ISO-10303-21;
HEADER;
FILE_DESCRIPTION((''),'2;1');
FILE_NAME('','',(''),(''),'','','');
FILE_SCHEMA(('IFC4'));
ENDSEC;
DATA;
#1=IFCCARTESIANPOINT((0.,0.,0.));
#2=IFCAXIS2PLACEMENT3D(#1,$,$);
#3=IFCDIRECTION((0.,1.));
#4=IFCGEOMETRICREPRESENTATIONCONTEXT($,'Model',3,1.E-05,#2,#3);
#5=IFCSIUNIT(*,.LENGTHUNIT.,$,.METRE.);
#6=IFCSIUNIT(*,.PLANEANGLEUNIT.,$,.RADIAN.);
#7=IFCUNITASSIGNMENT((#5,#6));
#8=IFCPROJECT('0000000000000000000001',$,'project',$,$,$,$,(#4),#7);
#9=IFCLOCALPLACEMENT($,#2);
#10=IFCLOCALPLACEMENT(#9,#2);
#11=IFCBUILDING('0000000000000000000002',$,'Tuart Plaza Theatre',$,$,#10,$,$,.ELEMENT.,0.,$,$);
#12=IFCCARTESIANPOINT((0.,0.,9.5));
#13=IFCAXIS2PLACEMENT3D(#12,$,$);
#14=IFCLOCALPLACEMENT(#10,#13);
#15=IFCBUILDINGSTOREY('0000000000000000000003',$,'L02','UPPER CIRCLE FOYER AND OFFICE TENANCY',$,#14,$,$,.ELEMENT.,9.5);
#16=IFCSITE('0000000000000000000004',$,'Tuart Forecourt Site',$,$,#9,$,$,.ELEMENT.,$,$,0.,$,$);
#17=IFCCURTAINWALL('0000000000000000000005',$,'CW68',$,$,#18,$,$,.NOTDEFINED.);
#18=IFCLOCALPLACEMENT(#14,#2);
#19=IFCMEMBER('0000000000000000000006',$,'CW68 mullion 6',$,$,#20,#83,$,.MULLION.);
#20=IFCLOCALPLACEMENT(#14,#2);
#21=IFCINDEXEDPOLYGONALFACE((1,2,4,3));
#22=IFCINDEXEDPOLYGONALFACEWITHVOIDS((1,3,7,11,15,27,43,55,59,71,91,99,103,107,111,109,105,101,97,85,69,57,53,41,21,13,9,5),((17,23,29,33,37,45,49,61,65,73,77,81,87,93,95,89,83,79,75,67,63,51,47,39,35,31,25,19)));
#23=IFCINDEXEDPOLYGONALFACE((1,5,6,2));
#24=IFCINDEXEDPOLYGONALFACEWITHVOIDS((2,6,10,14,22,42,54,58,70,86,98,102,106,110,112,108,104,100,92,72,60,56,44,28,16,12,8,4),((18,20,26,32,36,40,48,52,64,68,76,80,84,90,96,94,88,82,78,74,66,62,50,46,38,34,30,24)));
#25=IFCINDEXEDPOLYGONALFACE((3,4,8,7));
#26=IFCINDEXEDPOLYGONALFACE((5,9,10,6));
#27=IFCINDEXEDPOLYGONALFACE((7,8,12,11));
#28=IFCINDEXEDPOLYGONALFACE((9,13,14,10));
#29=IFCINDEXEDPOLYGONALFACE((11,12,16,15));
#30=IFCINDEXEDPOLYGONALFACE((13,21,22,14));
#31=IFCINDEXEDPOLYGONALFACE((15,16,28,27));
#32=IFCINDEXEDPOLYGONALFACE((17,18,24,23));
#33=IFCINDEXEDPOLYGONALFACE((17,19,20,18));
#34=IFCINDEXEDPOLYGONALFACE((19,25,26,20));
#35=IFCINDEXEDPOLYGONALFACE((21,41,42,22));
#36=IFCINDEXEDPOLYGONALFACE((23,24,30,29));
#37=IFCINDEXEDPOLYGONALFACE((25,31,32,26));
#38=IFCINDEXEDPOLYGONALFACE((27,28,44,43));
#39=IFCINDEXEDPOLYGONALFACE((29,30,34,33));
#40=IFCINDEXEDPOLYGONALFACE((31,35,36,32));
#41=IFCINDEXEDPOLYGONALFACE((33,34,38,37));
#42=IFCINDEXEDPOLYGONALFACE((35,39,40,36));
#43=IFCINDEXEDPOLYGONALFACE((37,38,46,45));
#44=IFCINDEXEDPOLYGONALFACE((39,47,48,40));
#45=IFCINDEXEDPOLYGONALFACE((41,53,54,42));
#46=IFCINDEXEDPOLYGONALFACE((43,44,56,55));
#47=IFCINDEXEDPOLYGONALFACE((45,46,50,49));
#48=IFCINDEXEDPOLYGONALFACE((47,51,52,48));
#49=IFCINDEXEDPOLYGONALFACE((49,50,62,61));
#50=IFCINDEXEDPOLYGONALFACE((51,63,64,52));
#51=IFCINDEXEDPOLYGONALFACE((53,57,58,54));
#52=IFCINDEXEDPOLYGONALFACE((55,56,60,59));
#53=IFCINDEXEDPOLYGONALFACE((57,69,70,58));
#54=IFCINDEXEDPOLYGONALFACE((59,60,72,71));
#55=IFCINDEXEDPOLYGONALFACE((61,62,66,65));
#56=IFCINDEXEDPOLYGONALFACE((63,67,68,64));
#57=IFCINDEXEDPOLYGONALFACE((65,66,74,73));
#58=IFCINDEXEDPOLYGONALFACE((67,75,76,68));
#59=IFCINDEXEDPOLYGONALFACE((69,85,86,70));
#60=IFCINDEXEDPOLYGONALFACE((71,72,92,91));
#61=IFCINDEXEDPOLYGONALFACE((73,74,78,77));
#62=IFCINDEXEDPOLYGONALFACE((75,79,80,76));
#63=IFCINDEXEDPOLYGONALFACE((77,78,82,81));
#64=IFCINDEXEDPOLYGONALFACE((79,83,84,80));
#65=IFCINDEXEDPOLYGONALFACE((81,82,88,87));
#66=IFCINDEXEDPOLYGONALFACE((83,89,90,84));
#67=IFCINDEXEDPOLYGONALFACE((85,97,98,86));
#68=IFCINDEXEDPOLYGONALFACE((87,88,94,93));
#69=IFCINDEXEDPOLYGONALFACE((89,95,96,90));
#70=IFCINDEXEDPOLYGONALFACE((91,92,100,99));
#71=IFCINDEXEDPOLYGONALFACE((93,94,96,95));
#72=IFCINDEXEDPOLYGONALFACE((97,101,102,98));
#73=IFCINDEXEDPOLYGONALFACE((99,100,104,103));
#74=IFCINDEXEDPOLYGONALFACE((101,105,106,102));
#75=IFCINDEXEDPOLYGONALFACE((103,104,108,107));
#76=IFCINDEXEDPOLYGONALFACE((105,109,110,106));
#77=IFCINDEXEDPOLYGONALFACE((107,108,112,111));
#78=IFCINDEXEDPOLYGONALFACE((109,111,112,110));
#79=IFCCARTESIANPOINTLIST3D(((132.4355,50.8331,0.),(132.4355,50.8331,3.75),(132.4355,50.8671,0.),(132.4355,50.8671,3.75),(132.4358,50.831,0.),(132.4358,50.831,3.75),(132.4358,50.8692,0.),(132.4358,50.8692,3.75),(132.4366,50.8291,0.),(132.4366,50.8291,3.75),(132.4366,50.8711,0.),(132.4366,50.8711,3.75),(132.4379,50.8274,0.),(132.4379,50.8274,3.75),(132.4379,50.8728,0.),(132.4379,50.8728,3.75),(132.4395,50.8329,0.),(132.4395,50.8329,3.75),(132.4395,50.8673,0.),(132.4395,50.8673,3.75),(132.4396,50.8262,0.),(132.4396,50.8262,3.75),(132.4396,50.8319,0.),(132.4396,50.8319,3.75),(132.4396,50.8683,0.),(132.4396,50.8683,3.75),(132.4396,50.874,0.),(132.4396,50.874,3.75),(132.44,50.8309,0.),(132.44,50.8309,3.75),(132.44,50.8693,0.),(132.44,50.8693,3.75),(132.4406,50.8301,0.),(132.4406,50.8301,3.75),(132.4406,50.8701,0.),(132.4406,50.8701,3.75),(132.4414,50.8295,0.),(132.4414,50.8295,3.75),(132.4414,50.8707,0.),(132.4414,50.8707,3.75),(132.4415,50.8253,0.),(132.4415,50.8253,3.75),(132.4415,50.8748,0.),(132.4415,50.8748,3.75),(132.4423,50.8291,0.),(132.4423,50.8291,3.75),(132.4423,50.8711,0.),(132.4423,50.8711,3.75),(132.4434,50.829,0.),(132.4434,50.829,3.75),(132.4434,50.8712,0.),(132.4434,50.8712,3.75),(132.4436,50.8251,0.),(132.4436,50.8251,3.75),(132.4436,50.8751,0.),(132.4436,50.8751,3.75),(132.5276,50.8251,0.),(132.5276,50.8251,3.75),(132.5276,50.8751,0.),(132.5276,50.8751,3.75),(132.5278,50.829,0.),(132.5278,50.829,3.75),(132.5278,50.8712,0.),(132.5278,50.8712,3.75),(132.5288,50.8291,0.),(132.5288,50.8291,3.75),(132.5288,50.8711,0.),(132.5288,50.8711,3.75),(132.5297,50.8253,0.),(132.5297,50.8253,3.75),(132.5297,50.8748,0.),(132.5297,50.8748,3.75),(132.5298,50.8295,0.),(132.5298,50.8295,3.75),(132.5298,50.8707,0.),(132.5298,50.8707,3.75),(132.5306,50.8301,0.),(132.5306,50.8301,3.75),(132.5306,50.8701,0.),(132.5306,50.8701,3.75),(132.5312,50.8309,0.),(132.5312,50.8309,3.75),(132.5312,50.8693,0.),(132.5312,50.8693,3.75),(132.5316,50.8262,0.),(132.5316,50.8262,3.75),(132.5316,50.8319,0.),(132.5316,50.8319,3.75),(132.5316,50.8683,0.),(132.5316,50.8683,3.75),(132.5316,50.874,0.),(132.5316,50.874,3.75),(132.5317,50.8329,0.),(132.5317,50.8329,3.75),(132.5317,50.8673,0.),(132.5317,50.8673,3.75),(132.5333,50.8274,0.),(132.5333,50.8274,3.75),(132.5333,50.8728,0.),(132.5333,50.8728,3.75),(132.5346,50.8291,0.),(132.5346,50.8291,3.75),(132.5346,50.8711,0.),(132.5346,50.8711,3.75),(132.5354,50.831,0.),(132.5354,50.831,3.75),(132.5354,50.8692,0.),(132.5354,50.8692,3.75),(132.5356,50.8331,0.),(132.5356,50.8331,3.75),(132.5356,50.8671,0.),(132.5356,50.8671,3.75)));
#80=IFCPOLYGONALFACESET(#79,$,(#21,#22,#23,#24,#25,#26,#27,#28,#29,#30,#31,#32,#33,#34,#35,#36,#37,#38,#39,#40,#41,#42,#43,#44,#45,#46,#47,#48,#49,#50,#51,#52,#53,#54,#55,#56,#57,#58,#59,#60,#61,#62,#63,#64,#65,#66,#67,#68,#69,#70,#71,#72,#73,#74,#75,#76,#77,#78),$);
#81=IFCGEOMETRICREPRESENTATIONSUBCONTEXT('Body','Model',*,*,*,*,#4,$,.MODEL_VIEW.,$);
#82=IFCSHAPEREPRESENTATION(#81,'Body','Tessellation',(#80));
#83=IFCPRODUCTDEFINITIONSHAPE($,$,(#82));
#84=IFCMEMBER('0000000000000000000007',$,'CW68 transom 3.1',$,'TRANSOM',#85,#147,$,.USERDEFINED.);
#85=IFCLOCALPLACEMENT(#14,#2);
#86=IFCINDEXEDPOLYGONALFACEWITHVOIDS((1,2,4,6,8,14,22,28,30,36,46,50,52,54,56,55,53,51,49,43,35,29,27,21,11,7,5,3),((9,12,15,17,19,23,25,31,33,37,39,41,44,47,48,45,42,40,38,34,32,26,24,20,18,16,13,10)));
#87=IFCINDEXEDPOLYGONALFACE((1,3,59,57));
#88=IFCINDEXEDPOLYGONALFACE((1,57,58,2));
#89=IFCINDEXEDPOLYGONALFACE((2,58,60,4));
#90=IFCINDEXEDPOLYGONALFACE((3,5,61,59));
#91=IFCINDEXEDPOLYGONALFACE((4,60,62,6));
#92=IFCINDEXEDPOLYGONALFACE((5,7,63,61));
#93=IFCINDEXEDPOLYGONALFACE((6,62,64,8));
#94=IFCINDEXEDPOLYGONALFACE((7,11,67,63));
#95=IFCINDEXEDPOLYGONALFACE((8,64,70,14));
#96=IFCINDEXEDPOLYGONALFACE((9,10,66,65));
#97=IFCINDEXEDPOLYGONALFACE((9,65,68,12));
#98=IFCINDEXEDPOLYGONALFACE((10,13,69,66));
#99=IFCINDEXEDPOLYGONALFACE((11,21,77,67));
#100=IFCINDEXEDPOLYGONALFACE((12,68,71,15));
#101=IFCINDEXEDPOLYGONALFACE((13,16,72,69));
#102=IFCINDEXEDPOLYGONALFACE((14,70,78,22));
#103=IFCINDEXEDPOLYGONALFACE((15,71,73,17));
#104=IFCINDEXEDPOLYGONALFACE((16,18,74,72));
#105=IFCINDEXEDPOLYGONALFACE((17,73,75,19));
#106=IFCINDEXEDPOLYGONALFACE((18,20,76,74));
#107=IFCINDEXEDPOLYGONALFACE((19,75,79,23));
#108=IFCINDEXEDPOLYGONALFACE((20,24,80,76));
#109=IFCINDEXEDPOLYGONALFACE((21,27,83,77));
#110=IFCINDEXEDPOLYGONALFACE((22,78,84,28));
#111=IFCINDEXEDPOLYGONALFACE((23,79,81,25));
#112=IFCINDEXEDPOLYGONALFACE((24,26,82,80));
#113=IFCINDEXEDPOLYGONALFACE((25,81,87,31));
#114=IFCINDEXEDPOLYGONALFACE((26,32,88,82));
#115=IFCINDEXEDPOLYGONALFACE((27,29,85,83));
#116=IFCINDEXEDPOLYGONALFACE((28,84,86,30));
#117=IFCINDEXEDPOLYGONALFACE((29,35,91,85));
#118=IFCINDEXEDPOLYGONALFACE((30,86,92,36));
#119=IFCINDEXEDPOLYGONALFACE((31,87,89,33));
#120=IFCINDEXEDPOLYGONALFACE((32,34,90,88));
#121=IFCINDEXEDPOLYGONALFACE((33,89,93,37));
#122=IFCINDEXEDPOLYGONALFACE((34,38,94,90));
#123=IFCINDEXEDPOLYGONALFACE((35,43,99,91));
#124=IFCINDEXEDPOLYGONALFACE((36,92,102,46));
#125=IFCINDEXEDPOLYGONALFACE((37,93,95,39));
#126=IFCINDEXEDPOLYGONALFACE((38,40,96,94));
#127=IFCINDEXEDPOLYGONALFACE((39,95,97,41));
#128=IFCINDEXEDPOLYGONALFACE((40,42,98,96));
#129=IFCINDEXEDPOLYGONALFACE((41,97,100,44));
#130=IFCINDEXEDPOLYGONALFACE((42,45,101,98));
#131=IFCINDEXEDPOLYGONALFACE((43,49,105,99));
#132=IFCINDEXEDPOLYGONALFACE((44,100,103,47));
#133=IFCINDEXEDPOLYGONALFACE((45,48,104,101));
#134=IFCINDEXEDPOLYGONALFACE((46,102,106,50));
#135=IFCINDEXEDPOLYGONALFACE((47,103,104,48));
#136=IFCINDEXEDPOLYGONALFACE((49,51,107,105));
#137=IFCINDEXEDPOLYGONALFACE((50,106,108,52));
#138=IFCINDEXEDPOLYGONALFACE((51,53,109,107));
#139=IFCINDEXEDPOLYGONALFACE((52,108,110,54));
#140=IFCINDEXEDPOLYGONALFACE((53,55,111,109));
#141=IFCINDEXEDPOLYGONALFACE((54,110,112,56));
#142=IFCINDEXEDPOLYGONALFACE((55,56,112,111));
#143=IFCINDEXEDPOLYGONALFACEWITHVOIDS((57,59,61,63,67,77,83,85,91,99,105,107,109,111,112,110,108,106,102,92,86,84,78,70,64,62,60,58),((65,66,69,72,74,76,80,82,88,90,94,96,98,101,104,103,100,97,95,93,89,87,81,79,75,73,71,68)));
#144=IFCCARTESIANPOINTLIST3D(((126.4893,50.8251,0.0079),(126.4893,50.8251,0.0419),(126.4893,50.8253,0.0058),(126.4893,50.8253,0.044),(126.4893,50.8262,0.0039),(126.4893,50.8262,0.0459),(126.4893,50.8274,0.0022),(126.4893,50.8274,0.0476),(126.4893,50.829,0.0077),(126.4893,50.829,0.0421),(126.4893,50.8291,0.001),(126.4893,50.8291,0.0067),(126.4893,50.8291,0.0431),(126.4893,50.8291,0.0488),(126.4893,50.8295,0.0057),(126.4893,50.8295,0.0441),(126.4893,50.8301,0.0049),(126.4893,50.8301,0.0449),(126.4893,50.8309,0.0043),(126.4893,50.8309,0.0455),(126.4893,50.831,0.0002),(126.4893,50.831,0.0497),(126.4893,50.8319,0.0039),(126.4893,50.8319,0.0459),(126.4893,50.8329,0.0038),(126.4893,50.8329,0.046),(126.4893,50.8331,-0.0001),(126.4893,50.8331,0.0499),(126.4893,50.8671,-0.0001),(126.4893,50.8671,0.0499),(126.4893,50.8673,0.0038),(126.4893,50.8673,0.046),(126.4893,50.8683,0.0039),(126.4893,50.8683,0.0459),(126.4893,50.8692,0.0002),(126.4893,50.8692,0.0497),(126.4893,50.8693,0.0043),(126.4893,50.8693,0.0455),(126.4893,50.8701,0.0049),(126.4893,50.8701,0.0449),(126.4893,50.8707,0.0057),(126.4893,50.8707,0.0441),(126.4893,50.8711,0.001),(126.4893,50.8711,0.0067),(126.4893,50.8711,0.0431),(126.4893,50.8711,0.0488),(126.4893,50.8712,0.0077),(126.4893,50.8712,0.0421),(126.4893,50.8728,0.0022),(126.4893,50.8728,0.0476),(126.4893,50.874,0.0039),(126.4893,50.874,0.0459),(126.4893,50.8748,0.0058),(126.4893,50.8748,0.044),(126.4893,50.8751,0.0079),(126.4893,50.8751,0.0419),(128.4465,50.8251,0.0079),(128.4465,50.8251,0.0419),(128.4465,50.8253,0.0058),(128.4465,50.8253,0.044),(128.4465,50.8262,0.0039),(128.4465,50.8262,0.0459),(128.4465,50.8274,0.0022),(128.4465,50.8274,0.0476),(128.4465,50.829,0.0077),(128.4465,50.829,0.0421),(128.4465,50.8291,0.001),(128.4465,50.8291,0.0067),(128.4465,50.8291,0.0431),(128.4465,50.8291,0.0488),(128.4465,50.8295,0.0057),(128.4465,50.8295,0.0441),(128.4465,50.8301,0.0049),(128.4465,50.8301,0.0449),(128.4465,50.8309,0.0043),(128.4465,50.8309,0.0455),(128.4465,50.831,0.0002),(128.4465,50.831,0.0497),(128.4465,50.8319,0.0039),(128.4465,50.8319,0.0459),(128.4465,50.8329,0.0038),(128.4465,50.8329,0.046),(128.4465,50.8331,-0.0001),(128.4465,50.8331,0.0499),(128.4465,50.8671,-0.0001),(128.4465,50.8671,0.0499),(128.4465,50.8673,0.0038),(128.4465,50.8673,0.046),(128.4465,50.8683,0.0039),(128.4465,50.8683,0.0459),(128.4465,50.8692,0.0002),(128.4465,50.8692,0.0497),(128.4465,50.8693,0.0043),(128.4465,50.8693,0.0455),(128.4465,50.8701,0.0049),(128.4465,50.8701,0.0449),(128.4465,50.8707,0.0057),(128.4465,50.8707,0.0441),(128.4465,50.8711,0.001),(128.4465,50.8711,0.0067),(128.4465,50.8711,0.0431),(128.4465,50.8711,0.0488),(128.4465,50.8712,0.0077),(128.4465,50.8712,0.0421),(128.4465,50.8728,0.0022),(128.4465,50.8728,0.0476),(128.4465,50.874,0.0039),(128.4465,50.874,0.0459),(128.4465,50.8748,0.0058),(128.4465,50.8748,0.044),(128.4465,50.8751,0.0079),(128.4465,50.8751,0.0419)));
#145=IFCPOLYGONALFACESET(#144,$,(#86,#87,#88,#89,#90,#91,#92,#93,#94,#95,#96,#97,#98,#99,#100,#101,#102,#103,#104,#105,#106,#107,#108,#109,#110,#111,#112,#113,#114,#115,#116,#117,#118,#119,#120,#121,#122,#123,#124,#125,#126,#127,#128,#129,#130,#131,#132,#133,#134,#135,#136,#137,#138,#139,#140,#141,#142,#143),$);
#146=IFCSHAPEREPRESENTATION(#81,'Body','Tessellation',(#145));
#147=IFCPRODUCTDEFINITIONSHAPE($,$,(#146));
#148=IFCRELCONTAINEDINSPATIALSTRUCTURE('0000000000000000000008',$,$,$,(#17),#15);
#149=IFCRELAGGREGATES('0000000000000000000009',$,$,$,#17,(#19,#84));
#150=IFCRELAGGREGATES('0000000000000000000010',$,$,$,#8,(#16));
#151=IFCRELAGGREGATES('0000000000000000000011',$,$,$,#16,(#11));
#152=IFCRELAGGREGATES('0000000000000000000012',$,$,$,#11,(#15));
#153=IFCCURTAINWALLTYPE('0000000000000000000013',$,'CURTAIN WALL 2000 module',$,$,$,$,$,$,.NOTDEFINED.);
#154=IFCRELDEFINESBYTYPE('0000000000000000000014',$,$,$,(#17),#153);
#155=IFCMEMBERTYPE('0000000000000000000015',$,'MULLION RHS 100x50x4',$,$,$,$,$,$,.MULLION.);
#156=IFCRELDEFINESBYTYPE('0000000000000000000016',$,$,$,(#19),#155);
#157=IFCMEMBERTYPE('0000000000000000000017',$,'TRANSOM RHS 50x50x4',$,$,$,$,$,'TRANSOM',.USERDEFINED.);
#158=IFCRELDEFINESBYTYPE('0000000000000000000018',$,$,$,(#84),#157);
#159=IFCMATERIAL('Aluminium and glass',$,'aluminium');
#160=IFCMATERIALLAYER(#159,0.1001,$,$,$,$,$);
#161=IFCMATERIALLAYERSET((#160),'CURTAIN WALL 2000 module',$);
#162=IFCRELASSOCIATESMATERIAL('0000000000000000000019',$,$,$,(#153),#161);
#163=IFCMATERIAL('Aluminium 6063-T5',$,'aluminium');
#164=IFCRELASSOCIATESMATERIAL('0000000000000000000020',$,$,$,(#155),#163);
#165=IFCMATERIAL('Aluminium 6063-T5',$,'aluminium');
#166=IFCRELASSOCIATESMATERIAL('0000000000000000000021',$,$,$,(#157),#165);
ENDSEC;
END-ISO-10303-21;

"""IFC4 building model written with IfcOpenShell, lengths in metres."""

from ifc_helpers import new_model, si_unit, direction, frame, origin, origin_2d, place, context, subcontext, project, spatial, hollow_rectangle, extrude, material, layer, layer_set, material_profile, profile_set, type_object, element, aggregate, save


model = new_model("IFC4")

# Units and contexts
model_context = context("Model", 3, precision=1e-05, world=origin(), true_north=direction((0.0, 1.0)))
body_context = subcontext(model_context, "Body", "Model", "MODEL_VIEW")
ifc_project = project(units=[si_unit("LENGTHUNIT", "METRE"), si_unit("PLANEANGLEUNIT", "RADIAN")], contexts=[model_context])

# Site, building, storey
site_placement = place(None, origin())
site = spatial("IfcSite", under=ifc_project, at=site_placement, Name="Tuart Forecourt Site", CompositionType="ELEMENT", RefElevation=0.0)
building_placement = place(site_placement, origin())
building = spatial("IfcBuilding", under=site, at=building_placement, Name="Tuart Plaza Theatre", CompositionType="ELEMENT", ElevationOfRefHeight=0.0)
storey_placement = place(building_placement, frame((0.0, 0.0, 9.5)))
storey = spatial("IfcBuildingStorey", under=building, at=storey_placement, Name="L02", Description="UPPER CIRCLE FOYER AND OFFICE TENANCY", CompositionType="ELEMENT", Elevation=9.5)

# Curtain wall, members
ifc_material_1 = material(Name="Aluminium and glass", Category="aluminium")
ifc_layer_1 = layer(ifc_material_1, 0.1001)
ifc_layer_set_1 = layer_set([ifc_layer_1], Name="CURTAIN WALL 2000 module")
curtain_wall_type = type_object("IfcCurtainWallType", Name="CURTAIN WALL 2000 module", PredefinedType="NOTDEFINED", material=ifc_layer_set_1)
curtain_wall_placement = place(storey_placement, origin())
curtain_wall = element("IfcCurtainWall", 1, at=curtain_wall_placement, inside=storey, type_object=curtain_wall_type, Name="CW68", PredefinedType="NOTDEFINED")
ifc_material_2 = material(Name="Aluminium 6063-T5", Category="aluminium")
ifc_material_profile_1 = material_profile(ifc_material_2, hollow_rectangle(XDim=0.05, YDim=0.1001, WallThickness=0.0039, InnerFilletRadius=0.0039, OuterFilletRadius=0.0081, at=origin_2d()), Name="RHS 100x50x4")
ifc_profile_set_1 = profile_set([ifc_material_profile_1], Name="Aluminium 6063-T5")
member_type_1 = type_object("IfcMemberType", Name="MULLION RHS 100x50x4", PredefinedType="MULLION", material=ifc_profile_set_1)
member_1_placement = place(storey_placement, frame((132.4856, 50.8501, 0.0), z_axis=(0.0, 0.0, 1.0), x_axis=(0.0, 1.0, 0.0)))
member_1 = element("IfcMember", 2, at=member_1_placement, type_object=member_type_1, Name="CW68 mullion 6", PredefinedType="MULLION", context=body_context, shape_type="SweptSolid", body=[
    extrude(hollow_rectangle(XDim=0.05, YDim=0.1001, WallThickness=0.0039, InnerFilletRadius=0.0039, OuterFilletRadius=0.0081, at=origin_2d()), origin(), (0.0, 0.0, 1.0), 3.75),
])
ifc_material_3 = material(Name="Aluminium 6063-T5", Category="aluminium")
ifc_material_profile_2 = material_profile(ifc_material_3, hollow_rectangle(XDim=0.05, YDim=0.05, WallThickness=0.0039, InnerFilletRadius=0.0039, OuterFilletRadius=0.0081, at=origin_2d()), Name="RHS 50x50x4")
ifc_profile_set_2 = profile_set([ifc_material_profile_2], Name="Aluminium 6063-T5")
member_type_2 = type_object("IfcMemberType", Name="TRANSOM RHS 50x50x4", ElementType="TRANSOM", PredefinedType="USERDEFINED", material=ifc_profile_set_2)
member_2_placement = place(storey_placement, frame((126.4893, 50.8501, 0.0249), z_axis=(1.0, 0.0, 0.0), x_axis=(0.0, 1.0, 0.0)))
member_2 = element("IfcMember", 3, at=member_2_placement, type_object=member_type_2, Name="CW68 transom 3.1", ObjectType="TRANSOM", PredefinedType="USERDEFINED", context=body_context, shape_type="SweptSolid", body=[
    extrude(hollow_rectangle(XDim=0.05, YDim=0.05, WallThickness=0.0039, InnerFilletRadius=0.0039, OuterFilletRadius=0.0081, at=origin_2d()), origin(), (0.0, 0.0, 1.0), 1.9573),
])
aggregate(curtain_wall, [member_1, member_2])

save(model, "model.ifc")
